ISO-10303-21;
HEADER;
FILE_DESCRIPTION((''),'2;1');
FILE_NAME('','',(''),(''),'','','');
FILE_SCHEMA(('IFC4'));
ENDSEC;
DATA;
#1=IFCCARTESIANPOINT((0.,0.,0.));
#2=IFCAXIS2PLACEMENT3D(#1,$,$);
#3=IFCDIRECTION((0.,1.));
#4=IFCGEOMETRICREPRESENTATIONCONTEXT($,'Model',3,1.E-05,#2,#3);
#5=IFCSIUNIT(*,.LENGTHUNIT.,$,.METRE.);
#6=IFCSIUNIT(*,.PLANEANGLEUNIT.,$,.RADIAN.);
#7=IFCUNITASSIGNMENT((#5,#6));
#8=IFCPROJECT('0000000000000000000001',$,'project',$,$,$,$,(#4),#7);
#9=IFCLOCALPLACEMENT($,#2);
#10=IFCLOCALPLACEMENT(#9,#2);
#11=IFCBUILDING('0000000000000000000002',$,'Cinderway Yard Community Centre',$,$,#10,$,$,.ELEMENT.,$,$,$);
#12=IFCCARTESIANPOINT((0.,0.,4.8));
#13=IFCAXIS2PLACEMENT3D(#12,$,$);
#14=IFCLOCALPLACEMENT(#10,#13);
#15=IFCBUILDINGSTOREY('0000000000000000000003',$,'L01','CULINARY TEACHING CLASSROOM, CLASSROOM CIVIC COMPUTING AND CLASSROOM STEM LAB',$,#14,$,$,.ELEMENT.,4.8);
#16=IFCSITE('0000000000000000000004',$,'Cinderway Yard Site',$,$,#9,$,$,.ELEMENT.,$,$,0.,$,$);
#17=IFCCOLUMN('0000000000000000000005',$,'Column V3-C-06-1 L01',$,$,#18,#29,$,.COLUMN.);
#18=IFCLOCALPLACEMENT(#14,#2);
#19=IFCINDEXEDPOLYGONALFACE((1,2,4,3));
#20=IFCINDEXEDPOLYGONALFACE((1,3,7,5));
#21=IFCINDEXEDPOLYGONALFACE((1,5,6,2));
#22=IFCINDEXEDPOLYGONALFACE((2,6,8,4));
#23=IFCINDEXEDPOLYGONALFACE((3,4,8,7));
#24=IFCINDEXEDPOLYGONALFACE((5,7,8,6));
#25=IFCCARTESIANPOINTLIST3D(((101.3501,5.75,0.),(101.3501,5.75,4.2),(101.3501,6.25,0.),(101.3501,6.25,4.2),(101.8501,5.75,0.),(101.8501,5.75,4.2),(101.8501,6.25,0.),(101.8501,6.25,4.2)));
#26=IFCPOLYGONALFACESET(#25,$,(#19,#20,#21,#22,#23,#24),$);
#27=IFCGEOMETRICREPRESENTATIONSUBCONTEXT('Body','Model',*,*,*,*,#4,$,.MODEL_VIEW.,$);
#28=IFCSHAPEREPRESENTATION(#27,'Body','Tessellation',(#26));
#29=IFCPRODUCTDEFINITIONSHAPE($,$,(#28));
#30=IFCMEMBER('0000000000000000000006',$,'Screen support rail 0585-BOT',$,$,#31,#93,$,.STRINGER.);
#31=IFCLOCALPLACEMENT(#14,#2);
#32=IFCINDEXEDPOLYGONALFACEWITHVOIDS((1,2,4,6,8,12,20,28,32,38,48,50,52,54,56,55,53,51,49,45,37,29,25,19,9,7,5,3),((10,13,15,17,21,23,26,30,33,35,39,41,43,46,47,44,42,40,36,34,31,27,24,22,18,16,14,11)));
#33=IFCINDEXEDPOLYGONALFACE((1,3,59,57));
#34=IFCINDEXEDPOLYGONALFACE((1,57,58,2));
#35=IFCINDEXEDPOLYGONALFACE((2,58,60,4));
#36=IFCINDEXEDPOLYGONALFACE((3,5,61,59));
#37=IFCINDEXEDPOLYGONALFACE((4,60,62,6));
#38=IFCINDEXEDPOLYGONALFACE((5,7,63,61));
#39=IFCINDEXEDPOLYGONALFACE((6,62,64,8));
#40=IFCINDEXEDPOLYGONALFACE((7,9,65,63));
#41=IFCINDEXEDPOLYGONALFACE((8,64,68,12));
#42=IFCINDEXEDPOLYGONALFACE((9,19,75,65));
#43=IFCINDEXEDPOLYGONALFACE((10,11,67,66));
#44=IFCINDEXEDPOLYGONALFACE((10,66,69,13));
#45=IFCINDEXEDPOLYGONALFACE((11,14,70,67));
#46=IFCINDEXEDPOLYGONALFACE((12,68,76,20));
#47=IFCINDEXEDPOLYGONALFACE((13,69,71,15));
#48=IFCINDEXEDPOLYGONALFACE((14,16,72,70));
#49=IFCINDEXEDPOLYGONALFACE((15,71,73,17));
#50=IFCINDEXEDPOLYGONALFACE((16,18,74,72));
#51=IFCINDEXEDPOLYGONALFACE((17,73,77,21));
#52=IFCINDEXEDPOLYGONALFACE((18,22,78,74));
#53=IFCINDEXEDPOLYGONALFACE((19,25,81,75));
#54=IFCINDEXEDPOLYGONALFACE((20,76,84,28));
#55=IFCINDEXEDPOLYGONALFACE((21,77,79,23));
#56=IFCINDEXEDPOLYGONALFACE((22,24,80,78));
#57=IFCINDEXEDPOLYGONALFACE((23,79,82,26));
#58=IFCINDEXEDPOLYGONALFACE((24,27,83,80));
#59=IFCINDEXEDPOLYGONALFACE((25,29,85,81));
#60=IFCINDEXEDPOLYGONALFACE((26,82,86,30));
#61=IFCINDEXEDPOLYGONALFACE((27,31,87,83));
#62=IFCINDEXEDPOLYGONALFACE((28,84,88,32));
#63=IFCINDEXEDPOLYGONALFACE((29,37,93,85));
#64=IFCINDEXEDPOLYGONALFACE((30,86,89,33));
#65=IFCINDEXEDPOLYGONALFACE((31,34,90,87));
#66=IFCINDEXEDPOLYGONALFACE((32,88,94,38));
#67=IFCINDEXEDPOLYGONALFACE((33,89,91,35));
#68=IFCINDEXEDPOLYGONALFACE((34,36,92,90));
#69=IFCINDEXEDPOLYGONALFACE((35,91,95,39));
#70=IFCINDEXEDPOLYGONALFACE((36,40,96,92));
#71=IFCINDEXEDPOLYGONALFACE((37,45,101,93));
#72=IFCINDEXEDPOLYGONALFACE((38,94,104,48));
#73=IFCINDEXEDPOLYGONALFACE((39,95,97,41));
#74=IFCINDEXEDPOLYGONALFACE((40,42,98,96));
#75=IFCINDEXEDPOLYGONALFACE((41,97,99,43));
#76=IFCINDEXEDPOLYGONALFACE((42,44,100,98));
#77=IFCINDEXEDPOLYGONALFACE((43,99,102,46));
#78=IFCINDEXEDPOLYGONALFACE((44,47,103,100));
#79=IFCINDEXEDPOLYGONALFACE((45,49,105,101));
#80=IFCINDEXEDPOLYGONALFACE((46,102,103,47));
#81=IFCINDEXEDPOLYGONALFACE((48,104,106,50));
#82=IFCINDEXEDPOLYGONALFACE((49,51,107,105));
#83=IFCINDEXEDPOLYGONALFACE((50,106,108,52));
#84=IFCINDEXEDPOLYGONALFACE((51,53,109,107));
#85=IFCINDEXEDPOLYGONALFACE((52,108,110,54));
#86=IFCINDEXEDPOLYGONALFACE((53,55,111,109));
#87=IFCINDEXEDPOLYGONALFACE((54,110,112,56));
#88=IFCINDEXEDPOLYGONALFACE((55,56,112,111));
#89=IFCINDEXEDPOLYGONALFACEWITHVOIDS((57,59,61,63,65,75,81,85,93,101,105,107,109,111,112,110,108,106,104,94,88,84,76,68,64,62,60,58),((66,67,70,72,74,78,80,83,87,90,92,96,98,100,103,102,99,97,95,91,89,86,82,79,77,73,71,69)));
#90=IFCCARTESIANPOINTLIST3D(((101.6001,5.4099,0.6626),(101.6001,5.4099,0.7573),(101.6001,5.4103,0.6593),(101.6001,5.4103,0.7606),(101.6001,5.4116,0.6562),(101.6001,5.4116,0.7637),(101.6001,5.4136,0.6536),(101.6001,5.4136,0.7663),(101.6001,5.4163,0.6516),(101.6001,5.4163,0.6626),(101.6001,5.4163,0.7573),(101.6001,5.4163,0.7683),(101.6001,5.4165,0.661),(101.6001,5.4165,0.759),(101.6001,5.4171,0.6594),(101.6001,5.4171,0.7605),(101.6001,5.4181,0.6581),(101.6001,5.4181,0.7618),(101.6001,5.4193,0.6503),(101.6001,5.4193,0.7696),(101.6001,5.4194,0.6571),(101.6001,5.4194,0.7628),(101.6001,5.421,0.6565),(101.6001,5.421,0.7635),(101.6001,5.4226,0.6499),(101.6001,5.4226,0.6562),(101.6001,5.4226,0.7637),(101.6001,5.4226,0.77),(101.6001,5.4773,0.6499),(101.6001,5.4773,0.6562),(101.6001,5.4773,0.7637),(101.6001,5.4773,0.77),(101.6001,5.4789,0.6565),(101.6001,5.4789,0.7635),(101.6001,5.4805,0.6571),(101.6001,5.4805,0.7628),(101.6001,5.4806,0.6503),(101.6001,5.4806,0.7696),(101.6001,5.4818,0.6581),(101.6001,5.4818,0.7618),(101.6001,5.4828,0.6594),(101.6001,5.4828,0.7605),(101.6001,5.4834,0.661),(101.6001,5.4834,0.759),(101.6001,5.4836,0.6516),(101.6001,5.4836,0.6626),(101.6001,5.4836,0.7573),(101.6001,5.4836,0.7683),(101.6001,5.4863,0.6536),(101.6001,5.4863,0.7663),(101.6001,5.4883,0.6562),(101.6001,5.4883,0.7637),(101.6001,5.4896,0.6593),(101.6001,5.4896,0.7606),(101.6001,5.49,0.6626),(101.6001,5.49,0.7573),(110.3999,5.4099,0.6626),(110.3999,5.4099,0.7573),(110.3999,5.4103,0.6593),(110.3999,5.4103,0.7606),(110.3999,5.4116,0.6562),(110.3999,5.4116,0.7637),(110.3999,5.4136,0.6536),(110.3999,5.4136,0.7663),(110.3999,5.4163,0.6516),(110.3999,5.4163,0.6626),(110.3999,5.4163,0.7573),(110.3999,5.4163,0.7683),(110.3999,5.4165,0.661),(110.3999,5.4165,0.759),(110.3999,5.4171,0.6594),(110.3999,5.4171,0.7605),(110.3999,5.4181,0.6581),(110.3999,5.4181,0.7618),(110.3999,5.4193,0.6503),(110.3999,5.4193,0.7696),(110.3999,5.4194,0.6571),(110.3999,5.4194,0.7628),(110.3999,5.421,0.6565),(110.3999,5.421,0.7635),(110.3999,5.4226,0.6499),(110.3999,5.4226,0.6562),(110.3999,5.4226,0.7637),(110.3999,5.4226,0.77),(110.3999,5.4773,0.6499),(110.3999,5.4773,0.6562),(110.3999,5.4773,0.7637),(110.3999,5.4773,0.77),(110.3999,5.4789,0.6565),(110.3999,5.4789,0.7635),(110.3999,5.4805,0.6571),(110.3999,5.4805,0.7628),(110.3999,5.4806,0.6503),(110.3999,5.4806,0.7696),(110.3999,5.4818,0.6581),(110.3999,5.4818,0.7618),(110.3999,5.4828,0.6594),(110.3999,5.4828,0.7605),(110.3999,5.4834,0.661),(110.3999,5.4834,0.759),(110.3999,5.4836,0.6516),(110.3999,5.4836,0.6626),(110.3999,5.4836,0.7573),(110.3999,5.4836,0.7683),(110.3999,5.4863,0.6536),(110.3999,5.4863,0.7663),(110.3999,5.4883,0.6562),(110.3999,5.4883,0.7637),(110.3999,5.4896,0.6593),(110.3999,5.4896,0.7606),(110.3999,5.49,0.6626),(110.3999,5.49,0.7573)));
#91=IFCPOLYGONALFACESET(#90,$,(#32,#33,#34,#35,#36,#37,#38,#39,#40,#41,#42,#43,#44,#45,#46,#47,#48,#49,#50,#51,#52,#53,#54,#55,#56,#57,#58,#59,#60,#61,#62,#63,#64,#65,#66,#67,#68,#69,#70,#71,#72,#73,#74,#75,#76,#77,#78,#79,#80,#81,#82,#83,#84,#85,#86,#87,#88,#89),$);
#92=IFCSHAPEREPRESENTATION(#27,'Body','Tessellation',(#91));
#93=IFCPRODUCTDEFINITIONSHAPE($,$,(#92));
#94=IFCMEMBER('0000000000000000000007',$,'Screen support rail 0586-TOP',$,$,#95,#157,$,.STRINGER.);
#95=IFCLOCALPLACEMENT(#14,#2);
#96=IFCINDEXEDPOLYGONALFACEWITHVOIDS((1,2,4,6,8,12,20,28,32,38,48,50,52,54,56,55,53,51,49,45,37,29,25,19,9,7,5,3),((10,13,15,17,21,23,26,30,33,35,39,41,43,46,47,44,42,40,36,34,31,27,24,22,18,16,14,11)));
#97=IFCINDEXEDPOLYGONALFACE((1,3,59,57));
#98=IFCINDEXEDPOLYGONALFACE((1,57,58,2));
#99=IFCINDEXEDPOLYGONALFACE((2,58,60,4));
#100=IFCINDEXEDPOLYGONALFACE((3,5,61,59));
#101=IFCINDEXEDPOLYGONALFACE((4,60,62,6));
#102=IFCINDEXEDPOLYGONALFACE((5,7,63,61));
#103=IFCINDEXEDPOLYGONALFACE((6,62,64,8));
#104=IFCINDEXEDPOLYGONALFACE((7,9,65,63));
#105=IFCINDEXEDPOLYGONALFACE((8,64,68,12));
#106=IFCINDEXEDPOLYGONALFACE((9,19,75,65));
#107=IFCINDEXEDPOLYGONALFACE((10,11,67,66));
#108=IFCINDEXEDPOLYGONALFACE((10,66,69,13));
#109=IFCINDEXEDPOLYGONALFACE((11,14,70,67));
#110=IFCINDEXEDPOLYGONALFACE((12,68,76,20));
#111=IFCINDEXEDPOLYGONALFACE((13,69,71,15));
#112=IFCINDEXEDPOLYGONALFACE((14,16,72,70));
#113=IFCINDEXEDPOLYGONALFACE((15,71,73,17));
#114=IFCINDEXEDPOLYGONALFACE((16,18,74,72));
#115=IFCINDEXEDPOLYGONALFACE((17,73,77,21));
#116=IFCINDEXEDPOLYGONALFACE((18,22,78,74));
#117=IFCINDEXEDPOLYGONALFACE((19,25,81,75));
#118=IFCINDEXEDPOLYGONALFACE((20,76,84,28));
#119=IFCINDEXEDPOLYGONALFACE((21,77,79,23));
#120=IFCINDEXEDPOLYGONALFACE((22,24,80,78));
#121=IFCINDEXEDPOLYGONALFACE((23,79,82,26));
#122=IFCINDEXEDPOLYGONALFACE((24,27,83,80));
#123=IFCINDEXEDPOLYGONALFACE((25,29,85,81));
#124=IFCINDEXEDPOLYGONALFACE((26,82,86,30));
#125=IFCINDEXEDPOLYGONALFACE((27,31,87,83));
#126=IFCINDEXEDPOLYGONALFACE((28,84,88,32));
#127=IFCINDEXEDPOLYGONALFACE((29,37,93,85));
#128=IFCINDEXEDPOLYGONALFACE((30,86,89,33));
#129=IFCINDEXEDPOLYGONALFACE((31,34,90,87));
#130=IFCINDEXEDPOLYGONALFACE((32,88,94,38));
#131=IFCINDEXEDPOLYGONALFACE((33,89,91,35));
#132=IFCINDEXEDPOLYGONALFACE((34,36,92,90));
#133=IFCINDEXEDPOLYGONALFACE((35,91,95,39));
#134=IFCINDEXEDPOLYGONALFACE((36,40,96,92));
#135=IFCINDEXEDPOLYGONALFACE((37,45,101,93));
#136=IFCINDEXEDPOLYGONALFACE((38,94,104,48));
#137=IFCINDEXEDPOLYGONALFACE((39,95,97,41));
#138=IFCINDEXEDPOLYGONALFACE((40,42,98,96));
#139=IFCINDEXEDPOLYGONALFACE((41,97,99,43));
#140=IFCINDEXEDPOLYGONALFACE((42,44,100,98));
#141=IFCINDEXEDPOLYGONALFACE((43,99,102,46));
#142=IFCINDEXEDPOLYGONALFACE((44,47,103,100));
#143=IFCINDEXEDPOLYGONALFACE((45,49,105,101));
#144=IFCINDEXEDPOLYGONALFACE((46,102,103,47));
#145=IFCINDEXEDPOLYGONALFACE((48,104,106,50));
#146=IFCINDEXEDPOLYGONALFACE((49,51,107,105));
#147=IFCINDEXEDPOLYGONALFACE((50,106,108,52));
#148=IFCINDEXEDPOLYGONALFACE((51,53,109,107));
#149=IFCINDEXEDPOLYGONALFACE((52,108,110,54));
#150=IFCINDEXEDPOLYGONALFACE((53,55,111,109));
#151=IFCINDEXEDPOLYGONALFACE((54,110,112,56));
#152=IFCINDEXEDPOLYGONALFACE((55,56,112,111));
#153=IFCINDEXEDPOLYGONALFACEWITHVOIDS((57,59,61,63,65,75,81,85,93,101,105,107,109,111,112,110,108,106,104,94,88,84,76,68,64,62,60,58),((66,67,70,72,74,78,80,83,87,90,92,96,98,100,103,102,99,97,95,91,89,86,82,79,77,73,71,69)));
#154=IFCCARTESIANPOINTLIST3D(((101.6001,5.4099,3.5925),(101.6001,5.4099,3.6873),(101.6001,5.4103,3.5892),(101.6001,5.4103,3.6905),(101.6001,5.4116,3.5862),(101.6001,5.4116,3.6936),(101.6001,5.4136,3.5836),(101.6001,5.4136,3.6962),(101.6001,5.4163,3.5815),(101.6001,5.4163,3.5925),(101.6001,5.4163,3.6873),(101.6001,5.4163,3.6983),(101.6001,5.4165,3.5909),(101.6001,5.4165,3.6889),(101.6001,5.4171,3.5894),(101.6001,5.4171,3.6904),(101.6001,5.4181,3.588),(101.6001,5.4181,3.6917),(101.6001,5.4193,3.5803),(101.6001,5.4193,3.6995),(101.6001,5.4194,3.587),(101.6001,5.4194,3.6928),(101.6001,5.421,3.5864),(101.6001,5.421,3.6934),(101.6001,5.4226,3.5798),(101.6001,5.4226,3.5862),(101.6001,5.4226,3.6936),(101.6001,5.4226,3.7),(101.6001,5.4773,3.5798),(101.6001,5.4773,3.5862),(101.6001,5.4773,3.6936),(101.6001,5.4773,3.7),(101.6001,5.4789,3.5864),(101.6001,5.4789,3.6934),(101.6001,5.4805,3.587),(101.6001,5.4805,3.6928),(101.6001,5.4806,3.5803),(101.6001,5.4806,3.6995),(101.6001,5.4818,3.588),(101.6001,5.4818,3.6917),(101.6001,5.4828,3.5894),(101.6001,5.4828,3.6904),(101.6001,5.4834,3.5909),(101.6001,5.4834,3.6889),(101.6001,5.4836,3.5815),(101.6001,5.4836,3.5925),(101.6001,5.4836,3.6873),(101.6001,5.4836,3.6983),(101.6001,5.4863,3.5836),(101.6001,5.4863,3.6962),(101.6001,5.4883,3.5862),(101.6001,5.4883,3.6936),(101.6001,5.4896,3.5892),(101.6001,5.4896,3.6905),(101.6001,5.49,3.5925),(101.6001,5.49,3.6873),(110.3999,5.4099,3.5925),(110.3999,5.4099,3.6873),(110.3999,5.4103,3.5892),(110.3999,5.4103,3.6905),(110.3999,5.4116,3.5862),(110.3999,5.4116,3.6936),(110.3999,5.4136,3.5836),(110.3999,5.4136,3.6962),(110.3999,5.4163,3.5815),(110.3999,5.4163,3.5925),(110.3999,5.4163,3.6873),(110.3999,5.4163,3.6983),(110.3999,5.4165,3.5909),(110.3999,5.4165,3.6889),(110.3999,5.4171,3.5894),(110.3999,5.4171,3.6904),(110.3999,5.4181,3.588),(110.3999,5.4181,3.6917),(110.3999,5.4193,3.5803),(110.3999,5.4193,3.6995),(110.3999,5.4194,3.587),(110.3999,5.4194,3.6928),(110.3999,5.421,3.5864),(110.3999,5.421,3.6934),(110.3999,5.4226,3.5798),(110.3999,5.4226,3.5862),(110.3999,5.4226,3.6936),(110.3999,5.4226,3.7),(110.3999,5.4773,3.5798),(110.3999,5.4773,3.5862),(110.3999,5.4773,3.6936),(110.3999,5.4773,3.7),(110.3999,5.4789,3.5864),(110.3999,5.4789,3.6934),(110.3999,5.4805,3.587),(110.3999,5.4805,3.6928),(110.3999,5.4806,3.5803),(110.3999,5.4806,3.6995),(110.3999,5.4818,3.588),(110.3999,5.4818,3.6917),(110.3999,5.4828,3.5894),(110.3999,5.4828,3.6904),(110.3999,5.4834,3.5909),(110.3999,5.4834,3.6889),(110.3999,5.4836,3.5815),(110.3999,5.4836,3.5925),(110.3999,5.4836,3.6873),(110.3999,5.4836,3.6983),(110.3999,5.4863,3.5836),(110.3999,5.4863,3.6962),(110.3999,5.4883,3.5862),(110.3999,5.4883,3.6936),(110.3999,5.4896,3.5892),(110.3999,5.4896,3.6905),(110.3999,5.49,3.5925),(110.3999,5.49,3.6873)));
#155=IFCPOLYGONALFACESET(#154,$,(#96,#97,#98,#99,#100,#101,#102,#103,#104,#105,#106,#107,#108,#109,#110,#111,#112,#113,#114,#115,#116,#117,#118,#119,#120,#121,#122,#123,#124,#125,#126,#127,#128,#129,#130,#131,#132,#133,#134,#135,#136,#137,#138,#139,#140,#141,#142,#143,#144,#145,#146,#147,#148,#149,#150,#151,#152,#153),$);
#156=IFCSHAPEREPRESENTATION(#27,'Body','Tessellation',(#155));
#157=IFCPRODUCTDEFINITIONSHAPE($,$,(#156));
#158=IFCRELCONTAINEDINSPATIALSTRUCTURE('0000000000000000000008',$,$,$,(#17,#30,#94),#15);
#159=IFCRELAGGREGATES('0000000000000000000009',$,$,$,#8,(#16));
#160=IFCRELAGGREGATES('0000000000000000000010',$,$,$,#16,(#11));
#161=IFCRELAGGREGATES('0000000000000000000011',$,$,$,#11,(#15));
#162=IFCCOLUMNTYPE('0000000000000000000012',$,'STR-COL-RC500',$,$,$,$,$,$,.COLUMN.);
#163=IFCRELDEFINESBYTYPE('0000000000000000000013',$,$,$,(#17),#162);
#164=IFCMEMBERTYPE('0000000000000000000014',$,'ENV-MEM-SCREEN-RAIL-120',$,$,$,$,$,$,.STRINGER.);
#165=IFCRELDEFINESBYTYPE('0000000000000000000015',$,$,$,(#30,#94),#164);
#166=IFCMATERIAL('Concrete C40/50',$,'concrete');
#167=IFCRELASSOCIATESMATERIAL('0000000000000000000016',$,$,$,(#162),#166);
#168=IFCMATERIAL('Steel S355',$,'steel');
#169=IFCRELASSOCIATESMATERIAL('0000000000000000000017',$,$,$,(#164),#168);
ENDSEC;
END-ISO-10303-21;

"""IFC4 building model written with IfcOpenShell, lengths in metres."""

from ifc_helpers import new_model, si_unit, direction, frame, origin, origin_2d, place, context, subcontext, project, spatial, rectangle, hollow_rectangle, extrude, material, material_profile, profile_set, type_object, element, save


model = new_model("IFC4")

# Units and contexts
model_context = context("Model", 3, precision=1e-05, world=origin(), true_north=direction((0.0, 1.0)))
body_context = subcontext(model_context, "Body", "Model", "MODEL_VIEW")
ifc_project = project(units=[si_unit("LENGTHUNIT", "METRE"), si_unit("PLANEANGLEUNIT", "RADIAN")], contexts=[model_context])

# Site, building, storey
site_placement = place(None, origin())
site = spatial("IfcSite", under=ifc_project, at=site_placement, Name="Cinderway Yard Site", CompositionType="ELEMENT", RefElevation=0.0)
building_placement = place(site_placement, origin())
building = spatial("IfcBuilding", under=site, at=building_placement, Name="Cinderway Yard Community Centre", CompositionType="ELEMENT")
storey_placement = place(building_placement, frame((0.0, 0.0, 4.8)))
storey = spatial("IfcBuildingStorey", under=building, at=storey_placement, Name="L01", Description="CULINARY TEACHING CLASSROOM, CLASSROOM CIVIC COMPUTING AND CLASSROOM STEM LAB", CompositionType="ELEMENT", Elevation=4.8)

# Column
ifc_material_1 = material(Name="Concrete C40/50", Category="concrete")
ifc_material_profile_1 = material_profile(ifc_material_1, rectangle(XDim=0.5, YDim=0.5, at=origin_2d()), Name="Concrete C40/50")
ifc_profile_set_1 = profile_set([ifc_material_profile_1], Name="Concrete C40/50")
column_type = type_object("IfcColumnType", Name="STR-COL-RC500", PredefinedType="COLUMN", material=ifc_profile_set_1)
column_placement = place(storey_placement, frame((101.6001, 6.0, 0.0), z_axis=(0.0, 0.0, 1.0), x_axis=(1.0, 0.0, 0.0)))
element("IfcColumn", 1, at=column_placement, inside=storey, type_object=column_type, Name="Column V3-C-06-1 L01", PredefinedType="COLUMN", context=body_context, shape_type="SweptSolid", body=[
    extrude(rectangle(XDim=0.5, YDim=0.5, at=origin_2d()), origin(), (0.0, 0.0, 1.0), 4.2),
])

# Members
ifc_material_2 = material(Name="Steel S355", Category="steel")
ifc_material_profile_2 = material_profile(ifc_material_2, hollow_rectangle(XDim=0.0801, YDim=0.1201, WallThickness=0.0063, InnerFilletRadius=0.0063, OuterFilletRadius=0.0127, at=origin_2d()), Name="Steel S355")
ifc_profile_set_2 = profile_set([ifc_material_profile_2], Name="Steel S355")
member_type_1 = type_object("IfcMemberType", Name="ENV-MEM-SCREEN-RAIL-120", PredefinedType="STRINGER", material=ifc_profile_set_2)
for number, where, z_axis, x_axis, name in (
    (2, (101.6001, 5.45, 0.71), (1.0, 0.0, 0.0), (0.0, 1.0, 0.0), "Screen support rail 0585-BOT"),
    (3, (101.6001, 5.45, 3.6399), (1.0, 0.0, 0.0), (0.0, 1.0, 0.0), "Screen support rail 0586-TOP"),
):
    element("IfcMember", number, at=place(storey_placement, frame(where, z_axis=z_axis, x_axis=x_axis)), inside=storey, type_object=member_type_1, Name=name, PredefinedType="STRINGER", context=body_context, shape_type="SweptSolid", body=[
        extrude(hollow_rectangle(XDim=0.0801, YDim=0.1201, WallThickness=0.0063, InnerFilletRadius=0.0063, OuterFilletRadius=0.0127, at=origin_2d()), origin(), (0.0, 0.0, 1.0), 8.7998),
    ])

save(model, "model.ifc")
